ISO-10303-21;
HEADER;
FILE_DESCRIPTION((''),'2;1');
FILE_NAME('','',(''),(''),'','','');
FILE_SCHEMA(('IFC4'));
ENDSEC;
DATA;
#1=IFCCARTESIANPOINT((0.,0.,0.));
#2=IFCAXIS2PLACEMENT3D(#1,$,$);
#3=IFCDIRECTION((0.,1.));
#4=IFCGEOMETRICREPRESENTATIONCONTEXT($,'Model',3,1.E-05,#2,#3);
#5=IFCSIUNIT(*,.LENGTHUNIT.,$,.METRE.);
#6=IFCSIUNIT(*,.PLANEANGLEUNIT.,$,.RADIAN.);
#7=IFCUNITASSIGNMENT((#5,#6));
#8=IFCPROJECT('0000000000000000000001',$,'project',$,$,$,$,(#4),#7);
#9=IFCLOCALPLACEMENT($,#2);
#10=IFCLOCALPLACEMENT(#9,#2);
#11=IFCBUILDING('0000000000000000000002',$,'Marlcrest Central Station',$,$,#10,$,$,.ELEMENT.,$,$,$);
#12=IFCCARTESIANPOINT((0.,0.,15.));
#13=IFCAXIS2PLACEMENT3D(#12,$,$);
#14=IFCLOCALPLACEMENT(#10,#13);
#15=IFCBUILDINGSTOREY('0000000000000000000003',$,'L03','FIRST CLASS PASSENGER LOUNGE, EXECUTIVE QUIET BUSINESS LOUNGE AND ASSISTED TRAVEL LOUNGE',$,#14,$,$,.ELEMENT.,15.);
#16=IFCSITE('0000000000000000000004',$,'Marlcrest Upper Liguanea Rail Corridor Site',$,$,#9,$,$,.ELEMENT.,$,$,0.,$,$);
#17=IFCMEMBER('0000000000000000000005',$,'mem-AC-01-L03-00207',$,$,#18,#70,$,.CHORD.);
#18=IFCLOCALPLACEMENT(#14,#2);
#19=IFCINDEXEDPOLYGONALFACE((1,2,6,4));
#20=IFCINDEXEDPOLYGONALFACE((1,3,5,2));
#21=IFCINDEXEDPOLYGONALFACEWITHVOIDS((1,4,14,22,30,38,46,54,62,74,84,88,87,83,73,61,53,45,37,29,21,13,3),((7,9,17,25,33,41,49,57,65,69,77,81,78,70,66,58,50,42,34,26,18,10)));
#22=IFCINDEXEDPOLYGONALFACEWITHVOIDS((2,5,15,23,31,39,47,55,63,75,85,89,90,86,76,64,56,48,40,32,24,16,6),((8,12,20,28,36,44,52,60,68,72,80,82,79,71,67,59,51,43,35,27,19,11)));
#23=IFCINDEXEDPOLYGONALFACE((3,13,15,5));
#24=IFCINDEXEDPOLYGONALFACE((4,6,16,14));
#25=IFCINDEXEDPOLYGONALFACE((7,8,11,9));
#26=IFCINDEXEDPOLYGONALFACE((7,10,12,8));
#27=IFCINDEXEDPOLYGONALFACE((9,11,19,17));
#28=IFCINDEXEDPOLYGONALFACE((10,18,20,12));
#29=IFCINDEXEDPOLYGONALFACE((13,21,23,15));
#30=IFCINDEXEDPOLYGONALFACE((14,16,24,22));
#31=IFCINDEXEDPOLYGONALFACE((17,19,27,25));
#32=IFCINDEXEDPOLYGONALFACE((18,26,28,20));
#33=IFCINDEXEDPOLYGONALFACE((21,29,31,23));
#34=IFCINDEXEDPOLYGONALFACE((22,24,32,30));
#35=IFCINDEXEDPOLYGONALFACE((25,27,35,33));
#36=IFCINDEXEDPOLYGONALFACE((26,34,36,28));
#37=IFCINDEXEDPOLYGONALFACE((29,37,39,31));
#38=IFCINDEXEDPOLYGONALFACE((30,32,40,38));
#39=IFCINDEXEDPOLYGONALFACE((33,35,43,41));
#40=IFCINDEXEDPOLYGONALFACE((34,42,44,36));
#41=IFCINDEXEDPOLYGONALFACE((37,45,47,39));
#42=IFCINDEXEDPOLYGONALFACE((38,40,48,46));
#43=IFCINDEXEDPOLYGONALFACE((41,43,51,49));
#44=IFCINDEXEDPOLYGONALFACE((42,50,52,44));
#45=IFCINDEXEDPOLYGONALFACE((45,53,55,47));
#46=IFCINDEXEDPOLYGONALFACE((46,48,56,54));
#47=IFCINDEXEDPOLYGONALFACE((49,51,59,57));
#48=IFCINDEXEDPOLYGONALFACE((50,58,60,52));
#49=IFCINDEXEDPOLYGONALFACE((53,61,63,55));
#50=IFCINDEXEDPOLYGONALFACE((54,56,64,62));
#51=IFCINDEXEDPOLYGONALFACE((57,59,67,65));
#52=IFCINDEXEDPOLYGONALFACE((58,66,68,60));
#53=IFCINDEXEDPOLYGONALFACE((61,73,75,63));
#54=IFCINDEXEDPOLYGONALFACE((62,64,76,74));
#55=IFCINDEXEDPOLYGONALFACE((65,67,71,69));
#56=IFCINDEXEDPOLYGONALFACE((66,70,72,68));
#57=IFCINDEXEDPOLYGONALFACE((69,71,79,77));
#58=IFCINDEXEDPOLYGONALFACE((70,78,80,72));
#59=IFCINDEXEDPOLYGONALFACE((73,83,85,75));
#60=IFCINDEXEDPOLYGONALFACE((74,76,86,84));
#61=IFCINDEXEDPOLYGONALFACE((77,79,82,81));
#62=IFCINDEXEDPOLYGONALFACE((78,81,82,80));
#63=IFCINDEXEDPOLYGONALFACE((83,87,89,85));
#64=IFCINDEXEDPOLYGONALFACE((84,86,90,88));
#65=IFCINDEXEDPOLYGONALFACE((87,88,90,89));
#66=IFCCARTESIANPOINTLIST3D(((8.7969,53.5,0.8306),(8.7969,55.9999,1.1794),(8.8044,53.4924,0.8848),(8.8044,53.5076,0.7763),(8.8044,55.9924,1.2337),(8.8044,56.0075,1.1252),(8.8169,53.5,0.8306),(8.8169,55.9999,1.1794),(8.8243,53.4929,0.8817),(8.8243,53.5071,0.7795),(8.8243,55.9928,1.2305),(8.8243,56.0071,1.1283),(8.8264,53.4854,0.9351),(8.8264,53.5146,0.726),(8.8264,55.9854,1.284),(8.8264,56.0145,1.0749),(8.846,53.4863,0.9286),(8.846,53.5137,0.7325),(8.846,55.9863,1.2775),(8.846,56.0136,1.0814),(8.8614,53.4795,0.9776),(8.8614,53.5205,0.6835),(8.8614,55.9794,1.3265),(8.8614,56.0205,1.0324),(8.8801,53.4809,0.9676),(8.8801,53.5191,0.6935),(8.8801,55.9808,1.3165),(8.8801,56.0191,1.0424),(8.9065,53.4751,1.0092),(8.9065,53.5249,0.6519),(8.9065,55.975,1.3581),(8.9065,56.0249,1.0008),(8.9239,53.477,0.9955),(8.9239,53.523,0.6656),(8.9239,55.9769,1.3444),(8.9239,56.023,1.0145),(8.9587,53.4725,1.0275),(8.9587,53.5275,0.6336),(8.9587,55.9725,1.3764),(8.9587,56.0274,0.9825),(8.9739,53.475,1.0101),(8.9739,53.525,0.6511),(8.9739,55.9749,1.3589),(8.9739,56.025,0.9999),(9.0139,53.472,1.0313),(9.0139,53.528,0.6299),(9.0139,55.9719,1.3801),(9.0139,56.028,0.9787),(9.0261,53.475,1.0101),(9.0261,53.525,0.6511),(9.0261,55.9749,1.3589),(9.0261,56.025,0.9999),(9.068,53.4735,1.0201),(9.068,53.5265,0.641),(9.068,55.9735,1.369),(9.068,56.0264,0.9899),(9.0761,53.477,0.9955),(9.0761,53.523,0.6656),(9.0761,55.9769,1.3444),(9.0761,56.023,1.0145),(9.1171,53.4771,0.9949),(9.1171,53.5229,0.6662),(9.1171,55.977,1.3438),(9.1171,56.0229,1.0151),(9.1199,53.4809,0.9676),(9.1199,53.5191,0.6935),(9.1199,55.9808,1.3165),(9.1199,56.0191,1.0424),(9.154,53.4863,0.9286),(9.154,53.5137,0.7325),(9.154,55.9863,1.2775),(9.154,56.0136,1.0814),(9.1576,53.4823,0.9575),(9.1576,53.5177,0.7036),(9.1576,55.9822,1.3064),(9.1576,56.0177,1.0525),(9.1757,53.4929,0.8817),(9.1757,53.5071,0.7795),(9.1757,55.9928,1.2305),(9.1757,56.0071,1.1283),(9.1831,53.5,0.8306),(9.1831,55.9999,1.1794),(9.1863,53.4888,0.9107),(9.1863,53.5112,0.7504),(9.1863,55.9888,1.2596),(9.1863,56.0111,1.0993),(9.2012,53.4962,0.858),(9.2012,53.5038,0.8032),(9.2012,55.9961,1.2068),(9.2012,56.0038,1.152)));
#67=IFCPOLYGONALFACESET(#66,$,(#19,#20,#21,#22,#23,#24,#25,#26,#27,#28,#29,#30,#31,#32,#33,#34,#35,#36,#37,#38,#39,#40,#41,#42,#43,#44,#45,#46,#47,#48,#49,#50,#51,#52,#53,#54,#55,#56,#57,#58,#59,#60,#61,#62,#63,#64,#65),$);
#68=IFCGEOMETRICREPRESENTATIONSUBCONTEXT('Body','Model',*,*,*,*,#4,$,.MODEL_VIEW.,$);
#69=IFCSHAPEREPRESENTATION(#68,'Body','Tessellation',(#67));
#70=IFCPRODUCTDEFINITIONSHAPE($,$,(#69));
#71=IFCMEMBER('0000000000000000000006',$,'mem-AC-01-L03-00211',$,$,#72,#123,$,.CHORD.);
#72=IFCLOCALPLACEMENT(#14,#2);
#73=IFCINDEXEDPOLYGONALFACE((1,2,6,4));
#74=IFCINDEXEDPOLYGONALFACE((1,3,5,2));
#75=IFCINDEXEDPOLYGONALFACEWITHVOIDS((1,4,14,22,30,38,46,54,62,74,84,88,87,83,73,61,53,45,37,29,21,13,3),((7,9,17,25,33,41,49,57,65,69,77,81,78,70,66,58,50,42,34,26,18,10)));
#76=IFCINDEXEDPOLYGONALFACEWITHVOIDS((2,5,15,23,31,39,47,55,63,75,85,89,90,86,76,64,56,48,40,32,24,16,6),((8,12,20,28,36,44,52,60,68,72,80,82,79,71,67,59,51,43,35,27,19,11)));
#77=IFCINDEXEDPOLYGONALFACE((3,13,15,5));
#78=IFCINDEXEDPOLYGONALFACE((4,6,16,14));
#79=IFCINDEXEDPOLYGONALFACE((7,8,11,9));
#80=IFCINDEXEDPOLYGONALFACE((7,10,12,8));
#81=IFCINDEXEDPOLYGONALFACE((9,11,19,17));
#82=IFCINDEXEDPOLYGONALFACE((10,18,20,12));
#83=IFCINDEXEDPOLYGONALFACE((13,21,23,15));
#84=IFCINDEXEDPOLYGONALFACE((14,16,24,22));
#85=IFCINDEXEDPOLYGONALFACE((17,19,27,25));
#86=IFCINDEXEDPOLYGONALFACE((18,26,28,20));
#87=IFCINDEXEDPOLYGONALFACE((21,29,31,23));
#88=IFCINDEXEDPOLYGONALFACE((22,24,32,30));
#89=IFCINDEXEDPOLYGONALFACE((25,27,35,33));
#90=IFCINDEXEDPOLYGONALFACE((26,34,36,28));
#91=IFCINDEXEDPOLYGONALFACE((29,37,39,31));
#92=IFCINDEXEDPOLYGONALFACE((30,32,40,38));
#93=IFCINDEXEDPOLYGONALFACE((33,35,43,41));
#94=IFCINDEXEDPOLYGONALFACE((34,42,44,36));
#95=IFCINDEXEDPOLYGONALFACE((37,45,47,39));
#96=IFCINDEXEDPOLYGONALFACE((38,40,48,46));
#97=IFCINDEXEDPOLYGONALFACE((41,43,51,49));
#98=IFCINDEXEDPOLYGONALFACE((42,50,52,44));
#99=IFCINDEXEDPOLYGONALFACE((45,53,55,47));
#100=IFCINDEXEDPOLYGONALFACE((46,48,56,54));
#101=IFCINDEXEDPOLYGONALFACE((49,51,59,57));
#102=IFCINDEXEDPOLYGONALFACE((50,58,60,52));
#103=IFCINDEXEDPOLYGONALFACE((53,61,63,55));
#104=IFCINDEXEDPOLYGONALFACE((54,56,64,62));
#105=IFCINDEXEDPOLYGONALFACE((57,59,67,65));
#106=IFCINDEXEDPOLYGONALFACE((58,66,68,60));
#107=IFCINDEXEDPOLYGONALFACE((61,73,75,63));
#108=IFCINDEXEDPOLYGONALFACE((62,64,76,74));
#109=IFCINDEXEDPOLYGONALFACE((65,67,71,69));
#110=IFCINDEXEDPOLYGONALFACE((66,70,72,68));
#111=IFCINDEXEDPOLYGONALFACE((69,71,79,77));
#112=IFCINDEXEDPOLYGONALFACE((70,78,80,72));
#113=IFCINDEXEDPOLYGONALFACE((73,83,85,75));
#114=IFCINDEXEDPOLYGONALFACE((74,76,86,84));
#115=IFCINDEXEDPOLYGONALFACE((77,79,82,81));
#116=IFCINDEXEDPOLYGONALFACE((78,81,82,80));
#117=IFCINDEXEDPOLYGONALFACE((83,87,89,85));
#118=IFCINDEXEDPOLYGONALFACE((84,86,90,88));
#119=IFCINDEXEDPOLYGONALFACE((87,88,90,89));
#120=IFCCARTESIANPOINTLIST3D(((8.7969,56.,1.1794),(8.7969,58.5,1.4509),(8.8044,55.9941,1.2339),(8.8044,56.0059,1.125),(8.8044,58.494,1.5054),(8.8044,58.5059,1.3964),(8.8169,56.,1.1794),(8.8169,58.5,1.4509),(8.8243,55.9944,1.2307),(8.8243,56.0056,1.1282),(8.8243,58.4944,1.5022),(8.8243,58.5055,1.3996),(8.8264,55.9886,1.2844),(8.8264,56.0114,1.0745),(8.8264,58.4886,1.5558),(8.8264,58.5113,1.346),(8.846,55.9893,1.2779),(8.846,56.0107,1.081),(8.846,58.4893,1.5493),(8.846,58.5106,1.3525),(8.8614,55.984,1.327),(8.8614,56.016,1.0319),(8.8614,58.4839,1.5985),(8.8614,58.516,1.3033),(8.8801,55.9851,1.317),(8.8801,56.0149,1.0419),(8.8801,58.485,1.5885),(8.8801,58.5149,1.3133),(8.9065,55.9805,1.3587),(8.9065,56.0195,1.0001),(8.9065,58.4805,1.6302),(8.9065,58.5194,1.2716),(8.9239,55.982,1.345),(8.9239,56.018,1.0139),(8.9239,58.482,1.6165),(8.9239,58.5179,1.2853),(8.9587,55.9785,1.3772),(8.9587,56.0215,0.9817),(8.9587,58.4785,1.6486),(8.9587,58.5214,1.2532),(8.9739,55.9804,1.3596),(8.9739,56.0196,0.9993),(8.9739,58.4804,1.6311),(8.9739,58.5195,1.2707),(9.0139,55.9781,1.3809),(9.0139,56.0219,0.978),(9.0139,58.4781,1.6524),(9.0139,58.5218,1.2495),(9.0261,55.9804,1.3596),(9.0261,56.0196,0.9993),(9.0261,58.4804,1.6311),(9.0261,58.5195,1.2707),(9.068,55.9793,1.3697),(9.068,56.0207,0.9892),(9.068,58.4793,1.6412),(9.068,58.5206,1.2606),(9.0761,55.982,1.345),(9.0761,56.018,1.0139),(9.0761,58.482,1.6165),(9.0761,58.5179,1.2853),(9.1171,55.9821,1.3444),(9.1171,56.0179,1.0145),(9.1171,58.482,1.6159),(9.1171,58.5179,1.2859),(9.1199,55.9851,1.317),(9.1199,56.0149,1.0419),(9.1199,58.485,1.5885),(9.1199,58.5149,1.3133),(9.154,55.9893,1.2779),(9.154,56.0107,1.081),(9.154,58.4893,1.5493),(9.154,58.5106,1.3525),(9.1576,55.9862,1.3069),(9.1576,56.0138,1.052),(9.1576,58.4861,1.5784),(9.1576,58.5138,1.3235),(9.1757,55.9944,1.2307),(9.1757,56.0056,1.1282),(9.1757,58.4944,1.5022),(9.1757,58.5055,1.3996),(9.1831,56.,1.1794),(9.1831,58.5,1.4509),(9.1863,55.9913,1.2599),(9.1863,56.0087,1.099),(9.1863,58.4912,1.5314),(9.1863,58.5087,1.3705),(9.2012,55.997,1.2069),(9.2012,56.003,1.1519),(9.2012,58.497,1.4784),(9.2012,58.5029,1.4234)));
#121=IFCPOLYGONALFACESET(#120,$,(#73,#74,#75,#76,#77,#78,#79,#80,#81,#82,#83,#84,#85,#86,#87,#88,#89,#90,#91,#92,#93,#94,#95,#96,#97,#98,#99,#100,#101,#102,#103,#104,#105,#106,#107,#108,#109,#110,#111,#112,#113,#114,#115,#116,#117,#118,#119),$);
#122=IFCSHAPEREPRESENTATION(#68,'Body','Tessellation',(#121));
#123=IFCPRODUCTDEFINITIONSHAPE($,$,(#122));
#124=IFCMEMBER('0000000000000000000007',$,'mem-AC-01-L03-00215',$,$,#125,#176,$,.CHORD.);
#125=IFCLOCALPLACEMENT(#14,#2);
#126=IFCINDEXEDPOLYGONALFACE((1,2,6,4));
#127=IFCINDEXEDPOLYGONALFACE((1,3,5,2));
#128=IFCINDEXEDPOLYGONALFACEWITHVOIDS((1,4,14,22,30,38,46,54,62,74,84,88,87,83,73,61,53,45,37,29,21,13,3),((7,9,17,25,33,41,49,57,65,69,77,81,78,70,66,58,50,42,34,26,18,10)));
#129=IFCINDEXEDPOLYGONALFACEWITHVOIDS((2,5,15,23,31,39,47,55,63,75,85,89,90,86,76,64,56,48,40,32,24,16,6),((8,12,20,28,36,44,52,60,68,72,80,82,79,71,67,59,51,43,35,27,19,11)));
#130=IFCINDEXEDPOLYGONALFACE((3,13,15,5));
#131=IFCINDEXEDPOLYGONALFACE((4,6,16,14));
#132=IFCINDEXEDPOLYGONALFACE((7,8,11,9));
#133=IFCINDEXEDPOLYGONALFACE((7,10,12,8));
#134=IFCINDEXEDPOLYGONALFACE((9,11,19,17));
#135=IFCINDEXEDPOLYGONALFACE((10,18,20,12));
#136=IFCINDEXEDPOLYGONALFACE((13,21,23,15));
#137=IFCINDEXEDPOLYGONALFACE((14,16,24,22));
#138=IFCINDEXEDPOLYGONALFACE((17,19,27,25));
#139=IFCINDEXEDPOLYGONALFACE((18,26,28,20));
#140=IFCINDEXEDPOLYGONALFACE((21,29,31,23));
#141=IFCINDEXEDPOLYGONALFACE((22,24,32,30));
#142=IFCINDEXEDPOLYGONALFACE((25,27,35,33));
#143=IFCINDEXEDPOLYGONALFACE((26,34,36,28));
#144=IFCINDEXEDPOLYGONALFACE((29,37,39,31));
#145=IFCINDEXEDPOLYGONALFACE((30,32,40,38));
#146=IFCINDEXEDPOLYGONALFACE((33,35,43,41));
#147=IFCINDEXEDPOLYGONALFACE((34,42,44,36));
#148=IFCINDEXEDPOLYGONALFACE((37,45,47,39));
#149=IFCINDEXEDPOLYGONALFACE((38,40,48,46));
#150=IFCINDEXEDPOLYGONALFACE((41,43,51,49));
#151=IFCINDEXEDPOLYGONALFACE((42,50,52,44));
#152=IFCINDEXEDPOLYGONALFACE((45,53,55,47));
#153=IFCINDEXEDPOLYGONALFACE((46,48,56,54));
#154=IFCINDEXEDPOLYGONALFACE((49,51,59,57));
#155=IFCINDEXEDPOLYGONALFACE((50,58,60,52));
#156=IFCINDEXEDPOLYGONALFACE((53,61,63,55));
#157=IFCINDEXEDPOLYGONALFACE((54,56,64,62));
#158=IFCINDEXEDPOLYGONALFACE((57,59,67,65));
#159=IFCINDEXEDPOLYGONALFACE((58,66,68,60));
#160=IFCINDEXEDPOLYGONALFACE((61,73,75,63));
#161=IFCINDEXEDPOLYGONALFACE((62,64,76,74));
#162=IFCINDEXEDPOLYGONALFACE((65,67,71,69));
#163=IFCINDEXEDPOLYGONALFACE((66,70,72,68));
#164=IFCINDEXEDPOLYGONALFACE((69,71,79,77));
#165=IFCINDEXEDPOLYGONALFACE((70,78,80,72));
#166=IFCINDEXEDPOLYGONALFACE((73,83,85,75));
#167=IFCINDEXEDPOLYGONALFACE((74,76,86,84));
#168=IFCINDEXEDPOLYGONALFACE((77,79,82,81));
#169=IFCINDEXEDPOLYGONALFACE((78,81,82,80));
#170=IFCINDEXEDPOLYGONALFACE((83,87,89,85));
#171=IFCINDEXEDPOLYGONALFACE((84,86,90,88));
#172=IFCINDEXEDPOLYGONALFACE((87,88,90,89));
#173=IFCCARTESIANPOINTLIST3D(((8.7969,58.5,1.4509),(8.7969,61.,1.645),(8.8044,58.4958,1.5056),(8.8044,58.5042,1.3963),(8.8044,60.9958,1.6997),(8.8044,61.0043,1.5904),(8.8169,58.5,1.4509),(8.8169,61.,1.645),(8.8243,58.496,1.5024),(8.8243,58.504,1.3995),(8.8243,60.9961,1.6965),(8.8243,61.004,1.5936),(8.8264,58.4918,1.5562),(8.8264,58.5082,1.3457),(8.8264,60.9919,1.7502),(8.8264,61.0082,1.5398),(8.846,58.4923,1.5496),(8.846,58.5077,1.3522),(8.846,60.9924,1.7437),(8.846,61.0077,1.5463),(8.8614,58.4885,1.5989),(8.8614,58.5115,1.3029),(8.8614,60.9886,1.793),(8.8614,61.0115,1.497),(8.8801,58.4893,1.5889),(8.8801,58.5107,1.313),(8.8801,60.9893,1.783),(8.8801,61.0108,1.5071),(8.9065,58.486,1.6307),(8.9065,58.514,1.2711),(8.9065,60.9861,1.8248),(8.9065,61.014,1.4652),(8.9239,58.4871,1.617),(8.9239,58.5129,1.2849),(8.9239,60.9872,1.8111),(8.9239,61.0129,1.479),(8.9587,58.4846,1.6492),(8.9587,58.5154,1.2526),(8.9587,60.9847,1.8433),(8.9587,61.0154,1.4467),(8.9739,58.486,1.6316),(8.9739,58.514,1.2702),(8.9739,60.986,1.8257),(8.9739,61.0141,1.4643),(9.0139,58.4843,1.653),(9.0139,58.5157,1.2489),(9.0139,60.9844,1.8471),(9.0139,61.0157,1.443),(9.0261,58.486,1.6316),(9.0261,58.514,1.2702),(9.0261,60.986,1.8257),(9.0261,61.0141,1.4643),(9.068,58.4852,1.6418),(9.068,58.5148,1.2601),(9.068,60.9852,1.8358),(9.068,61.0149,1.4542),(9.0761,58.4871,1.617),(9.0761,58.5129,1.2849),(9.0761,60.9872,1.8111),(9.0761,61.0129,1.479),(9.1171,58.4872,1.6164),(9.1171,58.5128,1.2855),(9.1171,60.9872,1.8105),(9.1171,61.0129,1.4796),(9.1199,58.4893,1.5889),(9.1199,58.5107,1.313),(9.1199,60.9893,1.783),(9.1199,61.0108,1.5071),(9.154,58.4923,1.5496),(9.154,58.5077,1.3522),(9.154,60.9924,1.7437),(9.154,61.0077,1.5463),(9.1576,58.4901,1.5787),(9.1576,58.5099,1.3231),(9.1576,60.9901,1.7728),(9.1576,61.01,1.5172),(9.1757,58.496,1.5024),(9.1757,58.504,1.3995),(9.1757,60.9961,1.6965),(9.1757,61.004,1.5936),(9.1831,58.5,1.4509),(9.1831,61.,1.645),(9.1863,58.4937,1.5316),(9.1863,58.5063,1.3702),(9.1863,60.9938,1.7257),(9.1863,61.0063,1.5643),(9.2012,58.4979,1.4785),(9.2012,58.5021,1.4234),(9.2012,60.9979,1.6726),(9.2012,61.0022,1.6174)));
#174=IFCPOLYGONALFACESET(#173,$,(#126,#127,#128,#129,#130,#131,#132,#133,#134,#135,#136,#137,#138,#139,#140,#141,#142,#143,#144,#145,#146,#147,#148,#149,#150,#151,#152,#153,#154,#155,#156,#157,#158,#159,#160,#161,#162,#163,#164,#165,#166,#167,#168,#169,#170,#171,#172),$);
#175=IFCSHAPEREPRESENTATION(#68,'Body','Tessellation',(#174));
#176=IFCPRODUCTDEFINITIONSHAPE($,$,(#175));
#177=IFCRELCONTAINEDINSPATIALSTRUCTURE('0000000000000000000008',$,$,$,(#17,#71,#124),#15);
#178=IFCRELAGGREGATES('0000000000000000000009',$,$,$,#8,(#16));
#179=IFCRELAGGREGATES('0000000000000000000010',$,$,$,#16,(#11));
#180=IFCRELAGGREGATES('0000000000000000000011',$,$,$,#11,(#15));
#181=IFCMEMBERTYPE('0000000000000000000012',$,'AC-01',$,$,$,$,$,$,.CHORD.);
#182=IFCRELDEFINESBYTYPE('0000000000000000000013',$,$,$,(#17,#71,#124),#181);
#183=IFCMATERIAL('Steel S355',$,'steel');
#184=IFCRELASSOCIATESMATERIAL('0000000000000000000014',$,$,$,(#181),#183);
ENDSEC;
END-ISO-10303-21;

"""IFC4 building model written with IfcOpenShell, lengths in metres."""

from ifc_helpers import new_model, si_unit, direction, frame, origin, origin_2d, place, context, subcontext, project, spatial, hollow_circle, extrude, material, material_profile, profile_set, type_object, element, save


model = new_model("IFC4")

# Units and contexts
model_context = context("Model", 3, precision=1e-05, world=origin(), true_north=direction((0.0, 1.0)))
body_context = subcontext(model_context, "Body", "Model", "MODEL_VIEW")
ifc_project = project(units=[si_unit("LENGTHUNIT", "METRE"), si_unit("PLANEANGLEUNIT", "RADIAN")], contexts=[model_context])

# Site, building, storey
site_placement = place(None, origin())
site = spatial("IfcSite", under=ifc_project, at=site_placement, Name="Marlcrest Upper Liguanea Rail Corridor Site", CompositionType="ELEMENT", RefElevation=0.0)
building_placement = place(site_placement, origin())
building = spatial("IfcBuilding", under=site, at=building_placement, Name="Marlcrest Central Station", CompositionType="ELEMENT")
storey_placement = place(building_placement, frame((0.0, 0.0, 15.0)))
storey = spatial("IfcBuildingStorey", under=building, at=storey_placement, Name="L03", Description="FIRST CLASS PASSENGER LOUNGE, EXECUTIVE QUIET BUSINESS LOUNGE AND ASSISTED TRAVEL LOUNGE", CompositionType="ELEMENT", Elevation=15.0)

# Members
ifc_material_1 = material(Name="Steel S355", Category="steel")
ifc_material_profile_1 = material_profile(ifc_material_1, hollow_circle(Radius=0.2031, WallThickness=0.02, at=origin_2d()), Name="CHS 406.4x20")
ifc_profile_set_1 = profile_set([ifc_material_profile_1], Name="Steel S355")
member_type_1 = type_object("IfcMemberType", Name="AC-01", PredefinedType="CHORD", material=ifc_profile_set_1)
member_1_placement = place(storey_placement, frame((9.0, 53.5, 0.8306), z_axis=(0.0, 0.990403, 0.138211), x_axis=(-1.0, 0.0, 0.0)))
element("IfcMember", 1, at=member_1_placement, inside=storey, type_object=member_type_1, Name="mem-AC-01-L03-00207", PredefinedType="CHORD", context=body_context, shape_type="SweptSolid", body=[
    extrude(hollow_circle(Radius=0.2031, WallThickness=0.02, at=origin_2d()), origin(), (0.0, 0.0, 1.0), 2.5242),
])
member_2_placement = place(storey_placement, frame((9.0, 56.0, 1.1794), z_axis=(0.0, 0.994155, 0.107959), x_axis=(-1.0, 0.0, 0.0)))
element("IfcMember", 2, at=member_2_placement, inside=storey, type_object=member_type_1, Name="mem-AC-01-L03-00211", PredefinedType="CHORD", context=body_context, shape_type="SweptSolid", body=[
    extrude(hollow_circle(Radius=0.2031, WallThickness=0.02, at=origin_2d()), origin(), (0.0, 0.0, 1.0), 2.5146),
])
member_3_placement = place(storey_placement, frame((9.0, 58.5, 1.4509), z_axis=(0.0, 0.997, 0.077404), x_axis=(-1.0, 0.0, 0.0)))
element("IfcMember", 3, at=member_3_placement, inside=storey, type_object=member_type_1, Name="mem-AC-01-L03-00215", PredefinedType="CHORD", context=body_context, shape_type="SweptSolid", body=[
    extrude(hollow_circle(Radius=0.2031, WallThickness=0.02, at=origin_2d()), origin(), (0.0, 0.0, 1.0), 2.5076),
])

save(model, "model.ifc")
